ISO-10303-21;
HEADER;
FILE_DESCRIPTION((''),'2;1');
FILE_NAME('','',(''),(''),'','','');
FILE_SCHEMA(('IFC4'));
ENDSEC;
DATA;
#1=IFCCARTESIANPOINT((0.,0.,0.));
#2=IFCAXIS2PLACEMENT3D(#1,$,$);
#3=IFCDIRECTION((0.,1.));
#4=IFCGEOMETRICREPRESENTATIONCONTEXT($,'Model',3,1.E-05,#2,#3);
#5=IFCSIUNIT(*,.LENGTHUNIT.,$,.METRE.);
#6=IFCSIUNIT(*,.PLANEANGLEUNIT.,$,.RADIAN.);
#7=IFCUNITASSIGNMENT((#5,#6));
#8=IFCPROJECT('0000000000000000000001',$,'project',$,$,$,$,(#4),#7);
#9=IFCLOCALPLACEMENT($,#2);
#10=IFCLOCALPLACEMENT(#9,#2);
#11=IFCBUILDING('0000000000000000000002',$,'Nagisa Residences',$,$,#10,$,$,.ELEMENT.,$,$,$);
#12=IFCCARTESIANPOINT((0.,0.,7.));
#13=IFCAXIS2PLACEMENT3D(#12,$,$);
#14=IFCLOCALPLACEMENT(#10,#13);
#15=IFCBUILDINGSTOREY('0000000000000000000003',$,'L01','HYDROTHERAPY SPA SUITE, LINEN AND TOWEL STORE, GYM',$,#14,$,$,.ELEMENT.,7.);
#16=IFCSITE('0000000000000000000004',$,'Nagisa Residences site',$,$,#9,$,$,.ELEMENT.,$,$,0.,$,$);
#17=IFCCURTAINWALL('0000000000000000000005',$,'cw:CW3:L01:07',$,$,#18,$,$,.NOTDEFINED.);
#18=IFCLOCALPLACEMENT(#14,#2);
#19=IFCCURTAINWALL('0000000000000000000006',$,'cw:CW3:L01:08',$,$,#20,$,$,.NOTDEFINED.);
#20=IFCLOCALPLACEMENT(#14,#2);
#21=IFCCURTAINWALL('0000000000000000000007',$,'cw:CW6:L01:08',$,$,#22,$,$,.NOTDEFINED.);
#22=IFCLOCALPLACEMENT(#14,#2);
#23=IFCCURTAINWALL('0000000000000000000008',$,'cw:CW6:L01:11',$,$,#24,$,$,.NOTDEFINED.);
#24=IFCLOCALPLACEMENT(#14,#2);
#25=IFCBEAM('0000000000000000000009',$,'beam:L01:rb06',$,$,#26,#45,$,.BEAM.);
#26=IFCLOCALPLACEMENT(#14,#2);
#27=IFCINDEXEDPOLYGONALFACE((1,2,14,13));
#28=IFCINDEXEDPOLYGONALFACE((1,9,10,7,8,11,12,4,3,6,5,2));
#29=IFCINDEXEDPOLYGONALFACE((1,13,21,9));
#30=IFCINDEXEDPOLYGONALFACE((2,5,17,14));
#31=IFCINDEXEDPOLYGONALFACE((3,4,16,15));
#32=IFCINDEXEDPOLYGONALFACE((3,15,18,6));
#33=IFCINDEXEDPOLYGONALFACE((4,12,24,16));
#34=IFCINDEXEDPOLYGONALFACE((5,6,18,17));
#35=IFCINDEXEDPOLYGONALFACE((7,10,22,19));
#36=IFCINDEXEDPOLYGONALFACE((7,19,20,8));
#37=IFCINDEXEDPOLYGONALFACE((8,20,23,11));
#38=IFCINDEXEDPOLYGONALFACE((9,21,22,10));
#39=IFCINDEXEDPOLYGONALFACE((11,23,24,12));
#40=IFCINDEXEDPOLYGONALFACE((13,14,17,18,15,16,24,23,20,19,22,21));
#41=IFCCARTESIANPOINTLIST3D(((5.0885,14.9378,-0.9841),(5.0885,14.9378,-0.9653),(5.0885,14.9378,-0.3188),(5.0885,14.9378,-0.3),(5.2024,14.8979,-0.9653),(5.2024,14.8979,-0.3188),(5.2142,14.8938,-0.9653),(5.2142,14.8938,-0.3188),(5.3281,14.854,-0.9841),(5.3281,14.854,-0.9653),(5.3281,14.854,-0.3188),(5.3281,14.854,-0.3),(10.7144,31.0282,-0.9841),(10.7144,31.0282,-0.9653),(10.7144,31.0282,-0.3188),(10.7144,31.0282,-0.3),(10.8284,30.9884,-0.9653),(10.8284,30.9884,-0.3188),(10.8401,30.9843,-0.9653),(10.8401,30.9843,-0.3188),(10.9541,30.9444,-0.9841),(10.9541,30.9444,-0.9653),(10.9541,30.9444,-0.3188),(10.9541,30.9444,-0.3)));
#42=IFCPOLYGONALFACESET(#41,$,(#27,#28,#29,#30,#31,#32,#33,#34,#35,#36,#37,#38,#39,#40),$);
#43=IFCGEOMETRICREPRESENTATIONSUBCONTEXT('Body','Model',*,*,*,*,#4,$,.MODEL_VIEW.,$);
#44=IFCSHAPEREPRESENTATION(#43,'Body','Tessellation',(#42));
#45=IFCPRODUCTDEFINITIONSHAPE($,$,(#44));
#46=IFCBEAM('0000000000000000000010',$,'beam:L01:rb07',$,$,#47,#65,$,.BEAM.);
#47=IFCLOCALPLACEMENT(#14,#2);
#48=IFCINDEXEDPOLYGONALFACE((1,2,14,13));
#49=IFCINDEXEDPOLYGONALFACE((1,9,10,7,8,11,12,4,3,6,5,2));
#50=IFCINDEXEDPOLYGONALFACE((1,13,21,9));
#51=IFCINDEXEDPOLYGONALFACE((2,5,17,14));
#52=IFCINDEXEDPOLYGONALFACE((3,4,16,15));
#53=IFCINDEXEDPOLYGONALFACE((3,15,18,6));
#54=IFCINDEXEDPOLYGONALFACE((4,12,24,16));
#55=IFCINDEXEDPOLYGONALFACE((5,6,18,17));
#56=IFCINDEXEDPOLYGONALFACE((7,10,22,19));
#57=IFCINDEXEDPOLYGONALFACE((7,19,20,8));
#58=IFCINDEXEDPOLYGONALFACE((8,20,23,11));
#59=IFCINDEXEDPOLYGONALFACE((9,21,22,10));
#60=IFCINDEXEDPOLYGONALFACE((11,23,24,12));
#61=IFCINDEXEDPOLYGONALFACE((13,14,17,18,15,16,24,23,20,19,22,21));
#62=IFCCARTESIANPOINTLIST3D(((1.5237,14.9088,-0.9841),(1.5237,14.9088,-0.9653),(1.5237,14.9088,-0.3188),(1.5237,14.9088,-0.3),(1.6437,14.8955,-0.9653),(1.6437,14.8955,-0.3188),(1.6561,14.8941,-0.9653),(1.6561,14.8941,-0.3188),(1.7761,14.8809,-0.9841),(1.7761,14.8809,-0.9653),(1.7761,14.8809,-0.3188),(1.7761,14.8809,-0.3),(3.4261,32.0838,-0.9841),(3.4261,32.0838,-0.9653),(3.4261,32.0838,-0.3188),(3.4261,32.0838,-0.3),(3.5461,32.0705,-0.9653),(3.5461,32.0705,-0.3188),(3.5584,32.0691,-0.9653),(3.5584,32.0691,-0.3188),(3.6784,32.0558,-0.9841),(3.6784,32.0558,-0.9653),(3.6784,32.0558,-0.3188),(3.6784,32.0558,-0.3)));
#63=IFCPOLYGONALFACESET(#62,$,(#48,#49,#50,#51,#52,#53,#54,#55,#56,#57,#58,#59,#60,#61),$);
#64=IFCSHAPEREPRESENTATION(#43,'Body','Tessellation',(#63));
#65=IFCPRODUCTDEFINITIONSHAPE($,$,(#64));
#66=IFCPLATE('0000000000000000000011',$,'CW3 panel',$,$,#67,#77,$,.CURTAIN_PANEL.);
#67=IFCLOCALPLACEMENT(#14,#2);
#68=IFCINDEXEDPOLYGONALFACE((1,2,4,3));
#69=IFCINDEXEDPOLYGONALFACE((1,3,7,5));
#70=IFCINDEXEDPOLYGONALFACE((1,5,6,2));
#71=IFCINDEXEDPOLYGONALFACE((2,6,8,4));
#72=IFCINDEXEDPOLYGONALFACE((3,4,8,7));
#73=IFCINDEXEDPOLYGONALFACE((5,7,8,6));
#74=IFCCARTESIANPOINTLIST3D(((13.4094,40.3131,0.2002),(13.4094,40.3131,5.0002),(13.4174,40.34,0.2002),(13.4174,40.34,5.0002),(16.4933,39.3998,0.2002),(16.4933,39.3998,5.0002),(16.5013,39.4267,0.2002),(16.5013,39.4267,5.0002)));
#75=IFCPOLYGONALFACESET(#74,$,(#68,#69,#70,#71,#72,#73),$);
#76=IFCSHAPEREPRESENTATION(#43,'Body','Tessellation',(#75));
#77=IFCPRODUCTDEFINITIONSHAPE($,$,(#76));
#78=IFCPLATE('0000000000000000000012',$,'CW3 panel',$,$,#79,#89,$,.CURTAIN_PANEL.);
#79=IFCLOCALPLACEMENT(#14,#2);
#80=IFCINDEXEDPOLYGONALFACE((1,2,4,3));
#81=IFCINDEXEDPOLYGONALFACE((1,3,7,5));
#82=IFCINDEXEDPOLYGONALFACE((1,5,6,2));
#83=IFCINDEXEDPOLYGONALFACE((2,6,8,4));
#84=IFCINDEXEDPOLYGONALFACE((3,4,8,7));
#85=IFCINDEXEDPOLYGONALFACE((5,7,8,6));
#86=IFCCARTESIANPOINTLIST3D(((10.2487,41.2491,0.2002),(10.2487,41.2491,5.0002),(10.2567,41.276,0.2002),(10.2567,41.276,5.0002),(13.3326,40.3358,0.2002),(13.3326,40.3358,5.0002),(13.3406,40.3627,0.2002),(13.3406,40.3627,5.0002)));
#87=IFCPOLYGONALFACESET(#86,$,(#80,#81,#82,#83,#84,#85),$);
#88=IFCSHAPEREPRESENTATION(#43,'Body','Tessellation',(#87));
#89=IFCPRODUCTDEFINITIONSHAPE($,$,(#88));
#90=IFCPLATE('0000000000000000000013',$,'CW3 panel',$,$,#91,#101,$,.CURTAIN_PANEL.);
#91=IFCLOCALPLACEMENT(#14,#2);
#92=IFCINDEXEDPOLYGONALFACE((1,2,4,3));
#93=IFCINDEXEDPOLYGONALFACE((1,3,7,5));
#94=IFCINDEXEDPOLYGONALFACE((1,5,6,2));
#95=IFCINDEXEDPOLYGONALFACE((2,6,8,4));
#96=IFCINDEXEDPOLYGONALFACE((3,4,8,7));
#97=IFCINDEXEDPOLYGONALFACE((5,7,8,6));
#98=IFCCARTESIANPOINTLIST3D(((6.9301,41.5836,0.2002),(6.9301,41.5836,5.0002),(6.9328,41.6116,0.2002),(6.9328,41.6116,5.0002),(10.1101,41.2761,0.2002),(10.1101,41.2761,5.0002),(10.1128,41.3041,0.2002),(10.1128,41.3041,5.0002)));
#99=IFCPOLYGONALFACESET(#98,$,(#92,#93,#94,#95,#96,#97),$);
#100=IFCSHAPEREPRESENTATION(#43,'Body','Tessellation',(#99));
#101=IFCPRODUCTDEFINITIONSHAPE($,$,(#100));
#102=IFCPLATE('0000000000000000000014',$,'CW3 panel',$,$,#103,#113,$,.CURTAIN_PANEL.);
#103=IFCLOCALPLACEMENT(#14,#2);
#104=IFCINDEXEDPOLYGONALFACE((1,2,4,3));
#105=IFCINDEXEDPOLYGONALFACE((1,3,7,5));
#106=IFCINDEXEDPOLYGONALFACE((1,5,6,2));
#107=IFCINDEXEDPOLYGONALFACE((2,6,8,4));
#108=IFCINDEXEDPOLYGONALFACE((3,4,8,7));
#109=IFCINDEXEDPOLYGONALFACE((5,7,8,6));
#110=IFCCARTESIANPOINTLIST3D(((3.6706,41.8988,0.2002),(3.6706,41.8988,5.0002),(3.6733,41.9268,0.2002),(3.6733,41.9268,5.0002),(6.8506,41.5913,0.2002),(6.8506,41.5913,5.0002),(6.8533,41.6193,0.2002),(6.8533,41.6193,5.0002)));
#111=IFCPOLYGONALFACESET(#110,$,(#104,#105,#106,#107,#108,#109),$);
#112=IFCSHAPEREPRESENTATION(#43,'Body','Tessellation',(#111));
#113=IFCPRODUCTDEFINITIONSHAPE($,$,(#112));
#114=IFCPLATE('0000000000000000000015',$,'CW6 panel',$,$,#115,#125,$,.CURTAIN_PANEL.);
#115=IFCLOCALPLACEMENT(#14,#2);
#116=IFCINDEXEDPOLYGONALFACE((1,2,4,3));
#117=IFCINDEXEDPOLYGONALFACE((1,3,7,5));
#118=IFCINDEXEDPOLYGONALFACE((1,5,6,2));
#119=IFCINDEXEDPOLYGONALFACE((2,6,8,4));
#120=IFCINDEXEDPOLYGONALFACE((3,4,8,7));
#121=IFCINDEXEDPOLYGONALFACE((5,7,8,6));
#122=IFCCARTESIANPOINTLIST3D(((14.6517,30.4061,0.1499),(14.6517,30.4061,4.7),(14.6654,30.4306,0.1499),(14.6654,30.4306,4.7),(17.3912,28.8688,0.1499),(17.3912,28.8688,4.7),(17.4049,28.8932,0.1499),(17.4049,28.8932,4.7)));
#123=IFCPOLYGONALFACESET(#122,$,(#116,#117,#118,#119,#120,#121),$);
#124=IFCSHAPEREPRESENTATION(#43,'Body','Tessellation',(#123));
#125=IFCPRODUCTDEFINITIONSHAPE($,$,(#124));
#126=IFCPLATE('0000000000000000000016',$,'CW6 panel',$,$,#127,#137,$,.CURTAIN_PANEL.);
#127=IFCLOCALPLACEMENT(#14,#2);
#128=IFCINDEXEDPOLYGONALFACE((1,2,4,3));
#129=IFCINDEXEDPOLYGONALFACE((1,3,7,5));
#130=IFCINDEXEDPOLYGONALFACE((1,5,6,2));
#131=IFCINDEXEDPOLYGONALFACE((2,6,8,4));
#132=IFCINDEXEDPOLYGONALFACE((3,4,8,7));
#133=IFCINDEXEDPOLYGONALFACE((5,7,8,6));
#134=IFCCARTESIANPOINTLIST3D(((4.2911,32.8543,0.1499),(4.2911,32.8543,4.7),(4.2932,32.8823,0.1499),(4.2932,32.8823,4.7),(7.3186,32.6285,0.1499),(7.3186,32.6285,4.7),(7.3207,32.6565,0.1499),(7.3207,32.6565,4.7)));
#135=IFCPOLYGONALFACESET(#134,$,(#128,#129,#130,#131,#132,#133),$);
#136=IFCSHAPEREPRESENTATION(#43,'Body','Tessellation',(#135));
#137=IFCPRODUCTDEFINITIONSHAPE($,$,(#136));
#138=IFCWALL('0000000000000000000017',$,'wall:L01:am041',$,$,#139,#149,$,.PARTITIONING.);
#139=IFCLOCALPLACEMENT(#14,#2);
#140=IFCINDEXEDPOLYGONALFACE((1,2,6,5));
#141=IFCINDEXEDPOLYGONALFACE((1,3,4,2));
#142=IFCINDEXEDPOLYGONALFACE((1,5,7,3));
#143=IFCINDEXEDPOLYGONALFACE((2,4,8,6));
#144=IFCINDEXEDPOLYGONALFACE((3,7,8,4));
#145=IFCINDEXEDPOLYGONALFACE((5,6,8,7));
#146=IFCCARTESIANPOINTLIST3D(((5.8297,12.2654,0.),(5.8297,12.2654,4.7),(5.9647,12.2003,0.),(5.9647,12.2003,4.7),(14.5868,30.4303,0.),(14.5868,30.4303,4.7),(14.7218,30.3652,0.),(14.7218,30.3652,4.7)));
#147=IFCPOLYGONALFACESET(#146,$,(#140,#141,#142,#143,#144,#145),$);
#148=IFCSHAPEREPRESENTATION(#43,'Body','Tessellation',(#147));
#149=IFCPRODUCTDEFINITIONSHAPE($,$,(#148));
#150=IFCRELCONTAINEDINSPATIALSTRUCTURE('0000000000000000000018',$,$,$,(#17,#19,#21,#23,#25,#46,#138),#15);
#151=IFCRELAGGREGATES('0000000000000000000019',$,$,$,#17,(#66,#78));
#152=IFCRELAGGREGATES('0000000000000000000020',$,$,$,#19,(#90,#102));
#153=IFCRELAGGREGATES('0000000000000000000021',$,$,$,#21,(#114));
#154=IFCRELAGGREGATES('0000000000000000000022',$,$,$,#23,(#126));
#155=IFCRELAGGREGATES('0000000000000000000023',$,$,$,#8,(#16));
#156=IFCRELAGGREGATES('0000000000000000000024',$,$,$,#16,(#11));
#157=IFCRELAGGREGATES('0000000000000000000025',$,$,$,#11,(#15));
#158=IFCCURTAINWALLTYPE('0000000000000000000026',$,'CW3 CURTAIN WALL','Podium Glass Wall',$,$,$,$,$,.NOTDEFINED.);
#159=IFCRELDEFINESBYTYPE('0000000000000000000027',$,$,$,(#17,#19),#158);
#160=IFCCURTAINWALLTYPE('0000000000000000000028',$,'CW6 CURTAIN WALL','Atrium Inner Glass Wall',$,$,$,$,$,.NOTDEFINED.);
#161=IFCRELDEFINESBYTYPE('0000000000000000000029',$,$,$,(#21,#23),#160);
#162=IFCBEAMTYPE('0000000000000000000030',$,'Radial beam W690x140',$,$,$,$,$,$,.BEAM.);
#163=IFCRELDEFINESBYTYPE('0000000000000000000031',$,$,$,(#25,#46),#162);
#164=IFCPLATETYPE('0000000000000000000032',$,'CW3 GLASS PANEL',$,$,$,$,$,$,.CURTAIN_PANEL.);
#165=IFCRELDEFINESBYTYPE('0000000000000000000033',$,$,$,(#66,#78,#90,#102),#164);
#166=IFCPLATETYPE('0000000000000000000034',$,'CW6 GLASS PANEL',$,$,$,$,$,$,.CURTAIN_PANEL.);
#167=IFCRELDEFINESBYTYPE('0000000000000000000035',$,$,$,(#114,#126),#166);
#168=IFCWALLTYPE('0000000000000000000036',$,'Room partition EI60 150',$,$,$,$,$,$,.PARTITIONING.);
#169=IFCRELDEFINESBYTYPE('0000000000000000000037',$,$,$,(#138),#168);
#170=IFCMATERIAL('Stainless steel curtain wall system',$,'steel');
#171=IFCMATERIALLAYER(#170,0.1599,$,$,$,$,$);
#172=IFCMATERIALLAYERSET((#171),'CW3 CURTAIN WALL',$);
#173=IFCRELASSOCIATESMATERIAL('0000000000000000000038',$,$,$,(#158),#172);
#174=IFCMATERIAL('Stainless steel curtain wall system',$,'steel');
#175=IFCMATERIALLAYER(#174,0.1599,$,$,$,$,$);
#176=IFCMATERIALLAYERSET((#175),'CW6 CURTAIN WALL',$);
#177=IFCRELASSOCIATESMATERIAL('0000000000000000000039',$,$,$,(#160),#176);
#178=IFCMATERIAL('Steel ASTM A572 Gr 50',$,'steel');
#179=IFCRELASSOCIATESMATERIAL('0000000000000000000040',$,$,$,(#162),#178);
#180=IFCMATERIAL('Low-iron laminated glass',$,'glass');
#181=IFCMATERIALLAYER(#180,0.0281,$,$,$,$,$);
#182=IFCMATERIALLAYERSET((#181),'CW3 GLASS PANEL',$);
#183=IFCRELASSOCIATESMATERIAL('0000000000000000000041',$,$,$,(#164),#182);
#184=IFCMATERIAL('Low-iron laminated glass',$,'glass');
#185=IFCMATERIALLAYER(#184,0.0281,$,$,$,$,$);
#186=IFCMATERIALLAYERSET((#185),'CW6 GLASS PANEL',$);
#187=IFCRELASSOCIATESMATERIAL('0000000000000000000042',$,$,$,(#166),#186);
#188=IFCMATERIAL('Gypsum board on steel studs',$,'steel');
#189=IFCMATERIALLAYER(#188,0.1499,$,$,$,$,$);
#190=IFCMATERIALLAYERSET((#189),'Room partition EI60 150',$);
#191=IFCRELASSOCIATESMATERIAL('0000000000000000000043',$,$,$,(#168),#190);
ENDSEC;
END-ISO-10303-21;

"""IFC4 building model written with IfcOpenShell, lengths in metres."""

from ifc_helpers import new_model, si_unit, direction, frame, frame_2d, origin, origin_2d, place, context, subcontext, project, spatial, rectangle, i_section, extrude, material, layer, layer_set, material_profile, profile_set, type_object, element, aggregate, save


model = new_model("IFC4")

# Units and contexts
model_context = context("Model", 3, precision=1e-05, world=origin(), true_north=direction((0.0, 1.0)))
body_context = subcontext(model_context, "Body", "Model", "MODEL_VIEW")
ifc_project = project(units=[si_unit("LENGTHUNIT", "METRE"), si_unit("PLANEANGLEUNIT", "RADIAN")], contexts=[model_context])

# Site, building, storey
site_placement = place(None, origin())
site = spatial("IfcSite", under=ifc_project, at=site_placement, Name="Nagisa Residences site", CompositionType="ELEMENT", RefElevation=0.0)
building_placement = place(site_placement, origin())
building = spatial("IfcBuilding", under=site, at=building_placement, Name="Nagisa Residences", CompositionType="ELEMENT")
storey_placement = place(building_placement, frame((0.0, 0.0, 7.0)))
storey = spatial("IfcBuildingStorey", under=building, at=storey_placement, Name="L01", Description="HYDROTHERAPY SPA SUITE, LINEN AND TOWEL STORE, GYM", CompositionType="ELEMENT", Elevation=7.0)

# Shared definitions
ifc_material_1 = material(Name="Stainless steel curtain wall system", Category="steel")
ifc_layer_1 = layer(ifc_material_1, 0.1599)
ifc_layer_set_1 = layer_set([ifc_layer_1], Name="CW3 CURTAIN WALL")
curtain_wall_type_1 = type_object("IfcCurtainWallType", Name="CW3 CURTAIN WALL", Description="Podium Glass Wall", PredefinedType="NOTDEFINED", material=ifc_layer_set_1)

# Curtain walls
curtain_wall_1_placement = place(storey_placement, origin())
curtain_wall_1 = element("IfcCurtainWall", 1, at=curtain_wall_1_placement, inside=storey, type_object=curtain_wall_type_1, Name="cw:CW3:L01:07", PredefinedType="NOTDEFINED")
curtain_wall_2_placement = place(storey_placement, origin())
curtain_wall_2 = element("IfcCurtainWall", 2, at=curtain_wall_2_placement, inside=storey, type_object=curtain_wall_type_1, Name="cw:CW3:L01:08", PredefinedType="NOTDEFINED")

# Curtain walls
ifc_material_2 = material(Name="Stainless steel curtain wall system", Category="steel")
ifc_layer_2 = layer(ifc_material_2, 0.1599)
ifc_layer_set_2 = layer_set([ifc_layer_2], Name="CW6 CURTAIN WALL")
curtain_wall_type_2 = type_object("IfcCurtainWallType", Name="CW6 CURTAIN WALL", Description="Atrium Inner Glass Wall", PredefinedType="NOTDEFINED", material=ifc_layer_set_2)
curtain_wall_3_placement = place(storey_placement, origin())
curtain_wall_3 = element("IfcCurtainWall", 3, at=curtain_wall_3_placement, inside=storey, type_object=curtain_wall_type_2, Name="cw:CW6:L01:08", PredefinedType="NOTDEFINED")
curtain_wall_4_placement = place(storey_placement, origin())
curtain_wall_4 = element("IfcCurtainWall", 4, at=curtain_wall_4_placement, inside=storey, type_object=curtain_wall_type_2, Name="cw:CW6:L01:11", PredefinedType="NOTDEFINED")

# Beams
ifc_material_3 = material(Name="Steel ASTM A572 Gr 50", Category="steel")
ifc_material_profile_1 = material_profile(ifc_material_3, i_section(OverallWidth=0.2539, OverallDepth=0.6841, WebThickness=0.0125, FlangeThickness=0.0188, at=origin_2d()), Name="W690x140")
ifc_profile_set_1 = profile_set([ifc_material_profile_1], Name="Steel ASTM A572 Gr 50")
beam_type_1 = type_object("IfcBeamType", Name="Radial beam W690x140", PredefinedType="BEAM", material=ifc_profile_set_1)
beam_1_placement = place(storey_placement, frame((10.8342, 30.9863, -0.6421), z_axis=(-0.330051, -0.943963, 0.0), x_axis=(0.943963, -0.330051, 0.0)))
element("IfcBeam", 5, at=beam_1_placement, inside=storey, type_object=beam_type_1, Name="beam:L01:rb06", PredefinedType="BEAM", context=body_context, shape_type="SweptSolid", body=[
    extrude(i_section(OverallWidth=0.2539, OverallDepth=0.6841, WebThickness=0.0125, FlangeThickness=0.0188, at=origin_2d()), origin(), (0.0, 0.0, 1.0), 17.0457),
])
beam_2_placement = place(storey_placement, frame((3.5522, 32.0698, -0.6421), z_axis=(-0.110089, -0.993922, 0.0), x_axis=(0.993922, -0.110089, 0.0)))
element("IfcBeam", 6, at=beam_2_placement, inside=storey, type_object=beam_type_1, Name="beam:L01:rb07", PredefinedType="BEAM", context=body_context, shape_type="SweptSolid", body=[
    extrude(i_section(OverallWidth=0.2539, OverallDepth=0.6841, WebThickness=0.0125, FlangeThickness=0.0188, at=origin_2d()), origin(), (0.0, 0.0, 1.0), 17.28),
])

# Plates
ifc_material_4 = material(Name="Low-iron laminated glass", Category="glass")
ifc_layer_3 = layer(ifc_material_4, 0.0281)
ifc_layer_set_3 = layer_set([ifc_layer_3], Name="CW3 GLASS PANEL")
plate_type_1 = type_object("IfcPlateType", Name="CW3 GLASS PANEL", PredefinedType="CURTAIN_PANEL", material=ifc_layer_set_3)
plate_1_placement = place(storey_placement, frame((14.9553, 39.8699, 0.2002), z_axis=(0.0, 0.0, 1.0), x_axis=(-0.958835, 0.283963, 0.0)))
plate_1 = element("IfcPlate", 7, at=plate_1_placement, type_object=plate_type_1, Name="CW3 panel", PredefinedType="CURTAIN_PANEL", context=body_context, shape_type="SweptSolid", body=[
    extrude(rectangle(XDim=3.2163, YDim=0.0281, at=origin_2d()), origin(), (0.0, 0.0, 1.0), 4.8),
])
plate_2_placement = place(storey_placement, frame((11.7947, 40.8059, 0.2002), z_axis=(0.0, 0.0, 1.0), x_axis=(-0.958835, 0.283963, 0.0)))
plate_2 = element("IfcPlate", 8, at=plate_2_placement, type_object=plate_type_1, Name="CW3 panel", PredefinedType="CURTAIN_PANEL", context=body_context, shape_type="SweptSolid", body=[
    extrude(rectangle(XDim=3.2163, YDim=0.0281, at=origin_2d()), origin(), (0.0, 0.0, 1.0), 4.8),
])
aggregate(curtain_wall_1, [plate_1, plate_2])
plate_3_placement = place(storey_placement, frame((8.5215, 41.4438, 0.2002), z_axis=(0.0, 0.0, 1.0), x_axis=(-0.995357, 0.096249, 0.0)))
plate_3 = element("IfcPlate", 9, at=plate_3_placement, type_object=plate_type_1, Name="CW3 panel", PredefinedType="CURTAIN_PANEL", context=body_context, shape_type="SweptSolid", body=[
    extrude(rectangle(XDim=3.1948, YDim=0.0281, at=origin_2d()), origin(), (0.0, 0.0, 1.0), 4.8),
])
plate_4_placement = place(storey_placement, frame((5.262, 41.759, 0.2002), z_axis=(0.0, 0.0, 1.0), x_axis=(-0.995357, 0.096249, 0.0)))
plate_4 = element("IfcPlate", 10, at=plate_4_placement, type_object=plate_type_1, Name="CW3 panel", PredefinedType="CURTAIN_PANEL", context=body_context, shape_type="SweptSolid", body=[
    extrude(rectangle(XDim=3.1948, YDim=0.0281, at=origin_2d()), origin(), (0.0, 0.0, 1.0), 4.8),
])
aggregate(curtain_wall_2, [plate_3, plate_4])
ifc_material_5 = material(Name="Low-iron laminated glass", Category="glass")
ifc_layer_4 = layer(ifc_material_5, 0.0281)
ifc_layer_set_4 = layer_set([ifc_layer_4], Name="CW6 GLASS PANEL")
plate_type_2 = type_object("IfcPlateType", Name="CW6 GLASS PANEL", PredefinedType="CURTAIN_PANEL", material=ifc_layer_set_4)
plate_5_placement = place(storey_placement, frame((16.0283, 29.6497, 0.1499), z_axis=(0.0, 0.0, 1.0), x_axis=(-0.872072, 0.489377, 0.0)))
plate_5 = element("IfcPlate", 11, at=plate_5_placement, type_object=plate_type_2, Name="CW6 panel", PredefinedType="CURTAIN_PANEL", context=body_context, shape_type="SweptSolid", body=[
    extrude(rectangle(XDim=3.1414, YDim=0.0281, at=origin_2d()), origin(), (0.0, 0.0, 1.0), 4.55),
])
aggregate(curtain_wall_3, [plate_5])
plate_6_placement = place(storey_placement, frame((5.8059, 32.7554, 0.1499), z_axis=(0.0, 0.0, 1.0), x_axis=(-0.99723, 0.074377, 0.0)))
plate_6 = element("IfcPlate", 12, at=plate_6_placement, type_object=plate_type_2, Name="CW6 panel", PredefinedType="CURTAIN_PANEL", context=body_context, shape_type="SweptSolid", body=[
    extrude(rectangle(XDim=3.0359, YDim=0.0281, at=origin_2d()), origin(), (0.0, 0.0, 1.0), 4.55),
])
aggregate(curtain_wall_4, [plate_6])

# Wall
ifc_material_6 = material(Name="Gypsum board on steel studs", Category="steel")
ifc_layer_5 = layer(ifc_material_6, 0.1499)
ifc_layer_set_5 = layer_set([ifc_layer_5], Name="Room partition EI60 150")
wall_type = type_object("IfcWallType", Name="Room partition EI60 150", PredefinedType="PARTITIONING", material=ifc_layer_set_5)
wall_placement = place(storey_placement, frame((14.6543, 30.3977, 0.0), z_axis=(0.0, 0.0, 1.0), x_axis=(-0.434261, -0.900787, 0.0)))
element("IfcWall", 13, at=wall_placement, inside=storey, type_object=wall_type, Name="wall:L01:am041", PredefinedType="PARTITIONING", context=body_context, shape_type="SweptSolid", body=[
    extrude(rectangle(XDim=20.1655, YDim=0.1499, at=frame_2d((10.0828, 0.0))), origin(), (0.0, 0.0, 1.0), 4.7),
])

save(model, "model.ifc")
